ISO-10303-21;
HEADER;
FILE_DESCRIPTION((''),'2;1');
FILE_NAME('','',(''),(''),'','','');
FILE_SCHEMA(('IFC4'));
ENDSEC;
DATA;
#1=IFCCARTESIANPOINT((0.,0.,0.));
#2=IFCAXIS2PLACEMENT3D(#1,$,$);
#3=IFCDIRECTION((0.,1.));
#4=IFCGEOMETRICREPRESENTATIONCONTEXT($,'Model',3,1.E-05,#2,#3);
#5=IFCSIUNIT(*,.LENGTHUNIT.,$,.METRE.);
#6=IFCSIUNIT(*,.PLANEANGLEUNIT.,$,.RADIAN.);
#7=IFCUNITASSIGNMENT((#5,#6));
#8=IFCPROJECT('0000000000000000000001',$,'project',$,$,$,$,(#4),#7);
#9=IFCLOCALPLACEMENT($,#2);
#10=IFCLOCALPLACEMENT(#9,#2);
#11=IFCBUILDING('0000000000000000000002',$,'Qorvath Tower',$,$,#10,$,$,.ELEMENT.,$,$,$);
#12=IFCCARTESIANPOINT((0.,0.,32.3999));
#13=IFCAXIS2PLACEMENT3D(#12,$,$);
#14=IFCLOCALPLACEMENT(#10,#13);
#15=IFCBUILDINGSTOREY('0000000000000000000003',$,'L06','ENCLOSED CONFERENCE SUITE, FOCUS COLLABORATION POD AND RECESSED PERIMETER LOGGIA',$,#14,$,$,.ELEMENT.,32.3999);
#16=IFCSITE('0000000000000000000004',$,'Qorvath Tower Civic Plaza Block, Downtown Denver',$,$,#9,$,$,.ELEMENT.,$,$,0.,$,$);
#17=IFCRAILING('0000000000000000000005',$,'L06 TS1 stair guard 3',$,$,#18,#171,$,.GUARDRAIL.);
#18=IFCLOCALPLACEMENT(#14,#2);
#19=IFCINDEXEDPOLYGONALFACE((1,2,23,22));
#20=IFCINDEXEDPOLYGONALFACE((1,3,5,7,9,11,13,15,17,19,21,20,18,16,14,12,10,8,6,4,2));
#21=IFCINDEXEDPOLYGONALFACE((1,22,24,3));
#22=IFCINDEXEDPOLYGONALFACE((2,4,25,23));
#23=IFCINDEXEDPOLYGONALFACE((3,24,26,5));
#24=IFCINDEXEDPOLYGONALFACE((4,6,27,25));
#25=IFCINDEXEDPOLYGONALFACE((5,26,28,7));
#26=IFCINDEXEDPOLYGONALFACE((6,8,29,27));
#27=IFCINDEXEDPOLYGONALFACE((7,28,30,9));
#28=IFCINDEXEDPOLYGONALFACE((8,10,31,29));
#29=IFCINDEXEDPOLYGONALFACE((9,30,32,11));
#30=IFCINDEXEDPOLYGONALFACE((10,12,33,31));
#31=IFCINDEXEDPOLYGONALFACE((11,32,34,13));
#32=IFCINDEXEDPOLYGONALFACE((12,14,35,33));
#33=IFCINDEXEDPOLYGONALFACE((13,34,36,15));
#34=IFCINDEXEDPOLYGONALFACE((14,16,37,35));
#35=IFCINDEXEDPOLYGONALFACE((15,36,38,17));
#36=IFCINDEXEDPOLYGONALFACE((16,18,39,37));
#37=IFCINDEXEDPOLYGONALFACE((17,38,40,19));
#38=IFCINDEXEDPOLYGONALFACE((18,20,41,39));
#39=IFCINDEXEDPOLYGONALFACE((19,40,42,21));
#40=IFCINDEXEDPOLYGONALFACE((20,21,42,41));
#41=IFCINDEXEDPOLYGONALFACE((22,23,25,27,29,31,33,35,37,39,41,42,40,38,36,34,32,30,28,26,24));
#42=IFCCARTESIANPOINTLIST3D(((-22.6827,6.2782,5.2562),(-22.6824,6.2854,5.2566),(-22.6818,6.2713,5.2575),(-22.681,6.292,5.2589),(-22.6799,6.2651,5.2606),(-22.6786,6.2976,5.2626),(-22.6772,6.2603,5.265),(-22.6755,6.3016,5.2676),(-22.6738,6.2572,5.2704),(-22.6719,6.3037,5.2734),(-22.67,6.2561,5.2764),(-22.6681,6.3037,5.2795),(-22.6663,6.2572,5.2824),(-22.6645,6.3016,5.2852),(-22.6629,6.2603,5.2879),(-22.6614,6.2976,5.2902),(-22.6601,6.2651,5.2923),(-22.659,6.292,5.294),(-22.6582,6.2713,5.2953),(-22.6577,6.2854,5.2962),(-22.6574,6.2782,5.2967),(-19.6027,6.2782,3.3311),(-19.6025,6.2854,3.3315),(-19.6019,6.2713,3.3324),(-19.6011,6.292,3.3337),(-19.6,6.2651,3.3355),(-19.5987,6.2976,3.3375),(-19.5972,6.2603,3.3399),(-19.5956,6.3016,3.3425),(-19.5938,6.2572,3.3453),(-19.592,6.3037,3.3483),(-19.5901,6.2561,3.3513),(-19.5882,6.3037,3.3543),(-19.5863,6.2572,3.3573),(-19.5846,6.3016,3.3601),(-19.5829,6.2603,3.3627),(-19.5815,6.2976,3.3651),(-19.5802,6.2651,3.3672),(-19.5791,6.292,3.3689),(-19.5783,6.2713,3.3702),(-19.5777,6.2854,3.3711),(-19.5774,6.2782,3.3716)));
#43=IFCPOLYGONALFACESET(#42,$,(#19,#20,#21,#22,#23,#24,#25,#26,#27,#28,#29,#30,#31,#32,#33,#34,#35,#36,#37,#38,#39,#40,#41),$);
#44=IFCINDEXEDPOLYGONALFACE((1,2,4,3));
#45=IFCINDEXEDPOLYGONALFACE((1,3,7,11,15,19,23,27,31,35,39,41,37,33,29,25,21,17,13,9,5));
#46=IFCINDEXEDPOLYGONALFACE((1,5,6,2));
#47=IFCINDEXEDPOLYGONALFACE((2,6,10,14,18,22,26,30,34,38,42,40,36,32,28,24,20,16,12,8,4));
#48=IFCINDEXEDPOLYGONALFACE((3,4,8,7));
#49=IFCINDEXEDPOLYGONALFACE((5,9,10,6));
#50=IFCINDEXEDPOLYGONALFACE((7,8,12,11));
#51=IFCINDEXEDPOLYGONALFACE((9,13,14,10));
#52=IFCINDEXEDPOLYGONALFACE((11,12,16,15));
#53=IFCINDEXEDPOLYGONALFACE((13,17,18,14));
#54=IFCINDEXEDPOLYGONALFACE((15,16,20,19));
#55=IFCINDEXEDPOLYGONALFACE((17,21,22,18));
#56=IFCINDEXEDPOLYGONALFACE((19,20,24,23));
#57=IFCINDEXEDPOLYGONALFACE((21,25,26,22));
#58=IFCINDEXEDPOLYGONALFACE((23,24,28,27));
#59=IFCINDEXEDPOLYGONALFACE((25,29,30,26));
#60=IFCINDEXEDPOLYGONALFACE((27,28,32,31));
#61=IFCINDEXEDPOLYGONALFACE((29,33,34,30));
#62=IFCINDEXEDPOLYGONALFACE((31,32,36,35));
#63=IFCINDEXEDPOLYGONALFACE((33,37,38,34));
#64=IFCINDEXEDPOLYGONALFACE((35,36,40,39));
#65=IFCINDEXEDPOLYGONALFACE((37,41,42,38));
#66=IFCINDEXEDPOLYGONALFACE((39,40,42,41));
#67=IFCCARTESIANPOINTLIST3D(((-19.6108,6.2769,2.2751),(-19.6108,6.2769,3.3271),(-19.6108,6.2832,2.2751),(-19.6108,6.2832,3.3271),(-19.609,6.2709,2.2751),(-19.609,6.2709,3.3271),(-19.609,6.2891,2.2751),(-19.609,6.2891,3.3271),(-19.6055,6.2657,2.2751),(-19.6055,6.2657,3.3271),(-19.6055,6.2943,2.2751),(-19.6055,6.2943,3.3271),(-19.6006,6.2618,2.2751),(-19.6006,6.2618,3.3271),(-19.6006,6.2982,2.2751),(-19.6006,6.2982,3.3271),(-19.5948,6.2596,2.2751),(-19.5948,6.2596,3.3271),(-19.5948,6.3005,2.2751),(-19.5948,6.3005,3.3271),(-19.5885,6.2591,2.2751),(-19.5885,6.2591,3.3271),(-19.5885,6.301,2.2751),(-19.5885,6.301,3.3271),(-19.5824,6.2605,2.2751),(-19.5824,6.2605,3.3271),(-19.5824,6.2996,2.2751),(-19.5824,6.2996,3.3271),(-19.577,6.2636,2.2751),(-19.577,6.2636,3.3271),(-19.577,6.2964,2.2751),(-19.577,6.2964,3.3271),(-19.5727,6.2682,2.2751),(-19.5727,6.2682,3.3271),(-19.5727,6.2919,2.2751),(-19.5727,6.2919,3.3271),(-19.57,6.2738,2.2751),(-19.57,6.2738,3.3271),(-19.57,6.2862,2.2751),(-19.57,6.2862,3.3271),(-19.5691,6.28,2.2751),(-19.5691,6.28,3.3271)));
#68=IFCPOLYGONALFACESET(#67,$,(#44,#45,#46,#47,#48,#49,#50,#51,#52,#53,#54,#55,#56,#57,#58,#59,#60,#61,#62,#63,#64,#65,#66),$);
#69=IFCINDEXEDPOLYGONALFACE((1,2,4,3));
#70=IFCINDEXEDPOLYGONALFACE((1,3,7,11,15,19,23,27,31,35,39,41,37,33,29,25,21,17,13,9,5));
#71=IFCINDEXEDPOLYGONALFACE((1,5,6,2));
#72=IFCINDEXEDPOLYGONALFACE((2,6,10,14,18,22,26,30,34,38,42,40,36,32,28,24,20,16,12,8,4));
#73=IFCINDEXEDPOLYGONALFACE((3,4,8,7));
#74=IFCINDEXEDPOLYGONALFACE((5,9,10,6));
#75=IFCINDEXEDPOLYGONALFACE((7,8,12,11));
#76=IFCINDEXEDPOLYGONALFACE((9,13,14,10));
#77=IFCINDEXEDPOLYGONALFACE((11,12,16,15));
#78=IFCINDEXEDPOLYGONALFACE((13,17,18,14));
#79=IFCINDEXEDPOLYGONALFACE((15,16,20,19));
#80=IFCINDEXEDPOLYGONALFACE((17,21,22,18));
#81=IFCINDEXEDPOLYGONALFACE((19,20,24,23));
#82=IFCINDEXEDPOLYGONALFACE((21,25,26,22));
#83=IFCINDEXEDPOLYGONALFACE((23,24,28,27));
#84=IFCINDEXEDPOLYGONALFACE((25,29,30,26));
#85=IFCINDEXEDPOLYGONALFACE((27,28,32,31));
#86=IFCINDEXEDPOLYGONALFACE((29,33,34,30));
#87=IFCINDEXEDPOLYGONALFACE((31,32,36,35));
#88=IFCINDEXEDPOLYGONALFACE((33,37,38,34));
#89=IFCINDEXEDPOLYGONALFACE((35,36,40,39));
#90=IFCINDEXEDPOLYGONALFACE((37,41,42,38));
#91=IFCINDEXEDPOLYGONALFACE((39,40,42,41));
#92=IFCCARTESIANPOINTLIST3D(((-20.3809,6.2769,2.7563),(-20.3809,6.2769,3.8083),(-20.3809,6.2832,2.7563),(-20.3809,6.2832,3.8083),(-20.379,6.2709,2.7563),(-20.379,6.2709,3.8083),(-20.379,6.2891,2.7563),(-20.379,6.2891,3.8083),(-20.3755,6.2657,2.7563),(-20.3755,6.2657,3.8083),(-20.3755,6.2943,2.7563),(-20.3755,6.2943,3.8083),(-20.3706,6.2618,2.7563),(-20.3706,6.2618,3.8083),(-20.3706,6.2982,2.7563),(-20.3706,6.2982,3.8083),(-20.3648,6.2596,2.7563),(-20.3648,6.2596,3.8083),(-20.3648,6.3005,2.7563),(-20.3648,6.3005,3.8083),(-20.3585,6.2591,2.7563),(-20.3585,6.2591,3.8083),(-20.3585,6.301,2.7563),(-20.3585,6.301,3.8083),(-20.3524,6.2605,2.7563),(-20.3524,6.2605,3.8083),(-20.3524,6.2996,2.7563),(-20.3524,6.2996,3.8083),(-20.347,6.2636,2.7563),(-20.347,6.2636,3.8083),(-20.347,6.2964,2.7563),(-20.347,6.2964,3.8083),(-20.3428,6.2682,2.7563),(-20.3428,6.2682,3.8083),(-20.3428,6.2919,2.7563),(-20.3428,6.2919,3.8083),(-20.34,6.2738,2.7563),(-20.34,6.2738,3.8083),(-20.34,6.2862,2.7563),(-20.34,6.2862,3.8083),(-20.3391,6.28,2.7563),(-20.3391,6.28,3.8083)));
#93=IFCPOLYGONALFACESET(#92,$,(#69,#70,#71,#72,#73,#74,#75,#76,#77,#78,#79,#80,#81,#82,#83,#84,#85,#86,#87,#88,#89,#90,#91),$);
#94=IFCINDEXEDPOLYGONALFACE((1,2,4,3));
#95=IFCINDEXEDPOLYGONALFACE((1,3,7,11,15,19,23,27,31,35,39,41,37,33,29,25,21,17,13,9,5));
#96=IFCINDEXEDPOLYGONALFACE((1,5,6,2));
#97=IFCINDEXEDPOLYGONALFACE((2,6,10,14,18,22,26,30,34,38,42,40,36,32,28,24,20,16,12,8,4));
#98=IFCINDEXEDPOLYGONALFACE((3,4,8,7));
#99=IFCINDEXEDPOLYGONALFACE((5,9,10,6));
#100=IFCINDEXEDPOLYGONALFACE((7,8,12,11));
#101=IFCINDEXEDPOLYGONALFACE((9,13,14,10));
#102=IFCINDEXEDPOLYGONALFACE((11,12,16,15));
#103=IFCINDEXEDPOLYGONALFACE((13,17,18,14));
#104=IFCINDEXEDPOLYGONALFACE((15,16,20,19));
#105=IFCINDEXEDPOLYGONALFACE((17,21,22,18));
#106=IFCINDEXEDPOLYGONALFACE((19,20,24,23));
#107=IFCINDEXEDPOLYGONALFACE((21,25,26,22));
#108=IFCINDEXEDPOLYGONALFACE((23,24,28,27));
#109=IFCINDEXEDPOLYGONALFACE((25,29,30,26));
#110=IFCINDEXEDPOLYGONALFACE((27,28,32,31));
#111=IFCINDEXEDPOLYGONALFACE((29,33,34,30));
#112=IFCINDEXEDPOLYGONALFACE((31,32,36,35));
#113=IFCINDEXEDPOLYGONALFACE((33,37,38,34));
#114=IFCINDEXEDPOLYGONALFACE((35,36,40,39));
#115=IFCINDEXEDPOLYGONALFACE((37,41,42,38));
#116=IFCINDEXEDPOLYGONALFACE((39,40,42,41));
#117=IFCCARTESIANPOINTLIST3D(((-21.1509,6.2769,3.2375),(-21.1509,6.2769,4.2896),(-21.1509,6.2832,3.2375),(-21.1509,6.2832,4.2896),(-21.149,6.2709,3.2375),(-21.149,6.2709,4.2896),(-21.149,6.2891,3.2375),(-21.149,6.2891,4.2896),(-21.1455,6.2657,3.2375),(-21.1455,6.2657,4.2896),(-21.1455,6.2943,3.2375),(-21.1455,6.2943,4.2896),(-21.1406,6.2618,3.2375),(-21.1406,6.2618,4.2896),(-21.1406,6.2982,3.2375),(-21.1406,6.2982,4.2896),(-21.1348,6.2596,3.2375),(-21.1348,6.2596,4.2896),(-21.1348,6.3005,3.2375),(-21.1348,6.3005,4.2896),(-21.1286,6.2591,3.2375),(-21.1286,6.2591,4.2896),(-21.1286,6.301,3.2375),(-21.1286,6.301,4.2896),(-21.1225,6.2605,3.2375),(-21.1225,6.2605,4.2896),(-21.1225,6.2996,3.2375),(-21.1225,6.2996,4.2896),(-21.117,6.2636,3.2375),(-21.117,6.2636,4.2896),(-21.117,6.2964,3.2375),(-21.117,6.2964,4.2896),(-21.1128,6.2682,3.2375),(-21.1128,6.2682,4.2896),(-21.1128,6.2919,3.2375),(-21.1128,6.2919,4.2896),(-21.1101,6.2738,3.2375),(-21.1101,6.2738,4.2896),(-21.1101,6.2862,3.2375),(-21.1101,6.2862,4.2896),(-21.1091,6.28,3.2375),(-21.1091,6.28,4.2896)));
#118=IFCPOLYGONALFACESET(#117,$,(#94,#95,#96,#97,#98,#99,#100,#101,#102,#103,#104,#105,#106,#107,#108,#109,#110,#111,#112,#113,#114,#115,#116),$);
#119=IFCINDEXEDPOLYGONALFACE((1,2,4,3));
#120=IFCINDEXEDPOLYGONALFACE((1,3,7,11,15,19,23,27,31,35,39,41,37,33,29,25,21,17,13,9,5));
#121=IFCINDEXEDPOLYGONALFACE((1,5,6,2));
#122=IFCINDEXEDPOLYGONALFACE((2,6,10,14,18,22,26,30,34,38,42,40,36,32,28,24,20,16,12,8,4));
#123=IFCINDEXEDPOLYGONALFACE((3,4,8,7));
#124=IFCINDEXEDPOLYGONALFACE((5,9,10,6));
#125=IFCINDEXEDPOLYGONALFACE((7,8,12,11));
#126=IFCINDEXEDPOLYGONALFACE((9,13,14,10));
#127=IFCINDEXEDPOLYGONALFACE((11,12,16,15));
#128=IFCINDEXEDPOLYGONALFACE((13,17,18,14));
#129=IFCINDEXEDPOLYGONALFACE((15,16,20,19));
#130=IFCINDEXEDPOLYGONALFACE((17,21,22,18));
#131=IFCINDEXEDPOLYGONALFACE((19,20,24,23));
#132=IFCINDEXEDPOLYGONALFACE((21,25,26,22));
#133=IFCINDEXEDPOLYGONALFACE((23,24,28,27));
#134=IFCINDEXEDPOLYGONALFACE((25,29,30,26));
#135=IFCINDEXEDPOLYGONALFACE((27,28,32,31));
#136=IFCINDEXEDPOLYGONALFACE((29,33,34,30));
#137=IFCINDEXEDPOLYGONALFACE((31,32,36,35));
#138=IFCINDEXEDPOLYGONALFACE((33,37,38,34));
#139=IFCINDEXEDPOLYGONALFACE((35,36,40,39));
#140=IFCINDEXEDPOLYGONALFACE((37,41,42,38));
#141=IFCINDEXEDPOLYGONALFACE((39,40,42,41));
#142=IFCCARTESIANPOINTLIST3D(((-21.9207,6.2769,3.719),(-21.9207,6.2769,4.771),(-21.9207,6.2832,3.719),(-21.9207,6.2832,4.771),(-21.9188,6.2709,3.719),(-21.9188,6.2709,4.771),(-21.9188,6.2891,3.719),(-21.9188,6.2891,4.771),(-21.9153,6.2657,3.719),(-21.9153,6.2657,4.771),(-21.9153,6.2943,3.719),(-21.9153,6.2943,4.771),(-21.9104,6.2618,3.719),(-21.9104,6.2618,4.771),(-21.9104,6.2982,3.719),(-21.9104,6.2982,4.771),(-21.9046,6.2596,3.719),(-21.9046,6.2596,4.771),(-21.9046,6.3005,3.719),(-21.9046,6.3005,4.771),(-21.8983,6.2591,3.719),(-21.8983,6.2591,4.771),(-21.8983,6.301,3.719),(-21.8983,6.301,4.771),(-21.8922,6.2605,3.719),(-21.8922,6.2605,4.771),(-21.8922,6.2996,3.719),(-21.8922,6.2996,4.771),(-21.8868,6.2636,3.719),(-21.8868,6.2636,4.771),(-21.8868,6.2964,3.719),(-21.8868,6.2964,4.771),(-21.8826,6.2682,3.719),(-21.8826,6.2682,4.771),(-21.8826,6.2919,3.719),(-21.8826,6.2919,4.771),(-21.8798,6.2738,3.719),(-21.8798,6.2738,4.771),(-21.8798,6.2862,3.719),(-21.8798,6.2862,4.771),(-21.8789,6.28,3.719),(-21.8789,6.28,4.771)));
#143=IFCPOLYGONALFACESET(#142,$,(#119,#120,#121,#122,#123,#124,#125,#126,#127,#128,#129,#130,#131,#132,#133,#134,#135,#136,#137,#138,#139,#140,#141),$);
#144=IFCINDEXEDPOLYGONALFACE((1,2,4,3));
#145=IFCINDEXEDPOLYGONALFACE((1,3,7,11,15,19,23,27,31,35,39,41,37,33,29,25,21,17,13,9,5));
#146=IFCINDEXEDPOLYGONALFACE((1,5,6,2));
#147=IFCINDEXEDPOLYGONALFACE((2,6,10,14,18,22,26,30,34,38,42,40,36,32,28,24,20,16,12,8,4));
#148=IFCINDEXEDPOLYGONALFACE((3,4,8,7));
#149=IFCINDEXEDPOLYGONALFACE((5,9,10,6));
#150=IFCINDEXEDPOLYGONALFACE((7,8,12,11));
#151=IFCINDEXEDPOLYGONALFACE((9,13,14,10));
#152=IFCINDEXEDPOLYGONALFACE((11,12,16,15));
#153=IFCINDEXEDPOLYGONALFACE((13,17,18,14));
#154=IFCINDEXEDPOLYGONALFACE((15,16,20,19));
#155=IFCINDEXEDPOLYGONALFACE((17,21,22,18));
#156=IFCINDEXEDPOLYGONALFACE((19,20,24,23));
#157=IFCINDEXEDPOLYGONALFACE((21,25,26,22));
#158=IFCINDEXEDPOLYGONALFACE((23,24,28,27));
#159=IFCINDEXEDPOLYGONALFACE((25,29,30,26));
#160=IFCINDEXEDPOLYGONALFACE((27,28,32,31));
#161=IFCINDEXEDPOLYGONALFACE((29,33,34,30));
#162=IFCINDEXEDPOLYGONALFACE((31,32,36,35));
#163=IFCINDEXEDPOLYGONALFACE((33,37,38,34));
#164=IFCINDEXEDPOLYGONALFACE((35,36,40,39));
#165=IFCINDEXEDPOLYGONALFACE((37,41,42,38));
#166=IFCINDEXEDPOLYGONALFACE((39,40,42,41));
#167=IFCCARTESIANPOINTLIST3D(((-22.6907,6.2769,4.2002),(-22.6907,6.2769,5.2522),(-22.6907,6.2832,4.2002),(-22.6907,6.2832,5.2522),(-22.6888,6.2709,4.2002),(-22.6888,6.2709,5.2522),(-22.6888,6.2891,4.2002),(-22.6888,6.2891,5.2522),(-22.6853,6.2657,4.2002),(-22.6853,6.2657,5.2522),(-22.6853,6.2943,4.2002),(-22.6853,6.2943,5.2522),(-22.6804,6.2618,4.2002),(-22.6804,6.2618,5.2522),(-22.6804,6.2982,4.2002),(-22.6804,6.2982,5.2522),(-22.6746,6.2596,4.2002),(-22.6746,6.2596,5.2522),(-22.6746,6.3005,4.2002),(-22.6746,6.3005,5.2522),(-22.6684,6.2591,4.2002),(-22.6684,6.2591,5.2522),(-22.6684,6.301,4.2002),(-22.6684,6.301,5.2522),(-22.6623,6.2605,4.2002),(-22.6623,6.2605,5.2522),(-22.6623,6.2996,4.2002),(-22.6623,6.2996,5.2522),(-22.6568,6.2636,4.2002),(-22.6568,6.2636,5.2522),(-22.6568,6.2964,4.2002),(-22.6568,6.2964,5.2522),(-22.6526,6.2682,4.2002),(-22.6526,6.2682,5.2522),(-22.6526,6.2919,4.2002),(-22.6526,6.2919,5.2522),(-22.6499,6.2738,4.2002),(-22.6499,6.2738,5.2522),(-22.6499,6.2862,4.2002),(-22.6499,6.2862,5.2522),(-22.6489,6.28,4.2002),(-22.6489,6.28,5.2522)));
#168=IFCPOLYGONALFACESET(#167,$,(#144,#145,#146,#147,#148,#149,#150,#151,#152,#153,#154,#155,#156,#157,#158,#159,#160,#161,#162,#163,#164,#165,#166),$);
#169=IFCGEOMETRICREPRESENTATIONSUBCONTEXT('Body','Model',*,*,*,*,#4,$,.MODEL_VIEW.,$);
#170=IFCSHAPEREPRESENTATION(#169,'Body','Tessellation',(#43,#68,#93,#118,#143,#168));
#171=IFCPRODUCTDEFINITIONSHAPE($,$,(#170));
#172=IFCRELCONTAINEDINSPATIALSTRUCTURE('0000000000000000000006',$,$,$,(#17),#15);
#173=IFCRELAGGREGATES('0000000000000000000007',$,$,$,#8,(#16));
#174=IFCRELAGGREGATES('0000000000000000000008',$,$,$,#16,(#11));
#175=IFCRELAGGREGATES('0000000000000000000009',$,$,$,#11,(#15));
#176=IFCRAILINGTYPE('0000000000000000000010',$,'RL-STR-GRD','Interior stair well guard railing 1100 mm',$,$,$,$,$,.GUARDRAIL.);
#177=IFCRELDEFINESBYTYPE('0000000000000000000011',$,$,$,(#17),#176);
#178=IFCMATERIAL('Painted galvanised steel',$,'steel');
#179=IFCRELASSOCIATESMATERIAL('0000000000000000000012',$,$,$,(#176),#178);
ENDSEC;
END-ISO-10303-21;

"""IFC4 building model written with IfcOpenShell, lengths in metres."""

from ifc_helpers import new_model, si_unit, direction, frame, origin, origin_2d, place, context, subcontext, project, spatial, circle, extrude, material, type_object, element, save


model = new_model("IFC4")

# Units and contexts
model_context = context("Model", 3, precision=1e-05, world=origin(), true_north=direction((0.0, 1.0)))
body_context = subcontext(model_context, "Body", "Model", "MODEL_VIEW")
ifc_project = project(units=[si_unit("LENGTHUNIT", "METRE"), si_unit("PLANEANGLEUNIT", "RADIAN")], contexts=[model_context])

# Site, building, storey
site_placement = place(None, origin())
site = spatial("IfcSite", under=ifc_project, at=site_placement, Name="Qorvath Tower Civic Plaza Block, Downtown Denver", CompositionType="ELEMENT", RefElevation=0.0)
building_placement = place(site_placement, origin())
building = spatial("IfcBuilding", under=site, at=building_placement, Name="Qorvath Tower", CompositionType="ELEMENT")
storey_placement = place(building_placement, frame((0.0, 0.0, 32.3999)))
storey = spatial("IfcBuildingStorey", under=building, at=storey_placement, Name="L06", Description="ENCLOSED CONFERENCE SUITE, FOCUS COLLABORATION POD AND RECESSED PERIMETER LOGGIA", CompositionType="ELEMENT", Elevation=32.3999)

# Railing
ifc_material_1 = material(Name="Painted galvanised steel", Category="steel")
railing_type_1 = type_object("IfcRailingType", Name="RL-STR-GRD", Description="Interior stair well guard railing 1100 mm", PredefinedType="GUARDRAIL", material=ifc_material_1)
railing_1_placement = place(storey_placement, frame((-19.5901, 6.28, 2.2751)))
element("IfcRailing", 1, at=railing_1_placement, inside=storey, type_object=railing_type_1, Name="L06 TS1 stair guard 3", PredefinedType="GUARDRAIL", context=body_context, shape_type="SweptSolid", body=[
    extrude(circle(Radius=0.0239, at=origin_2d()), frame((0.0, 0.0, 1.0762), z_axis=(-0.847979, 0.0, 0.530029), x_axis=(0.0, -1.0, 0.0)), (0.0, 0.0, 1.0), 3.6321),
    extrude(circle(Radius=0.021, at=origin_2d()), origin(), (0.0, 0.0, 1.0), 1.052),
    extrude(circle(Radius=0.021, at=origin_2d()), frame((-0.77, 0.0, 0.4812)), (0.0, 0.0, 1.0), 1.052),
    extrude(circle(Radius=0.021, at=origin_2d()), frame((-1.54, 0.0, 0.9624)), (0.0, 0.0, 1.0), 1.052),
    extrude(circle(Radius=0.021, at=origin_2d()), frame((-2.3098, 0.0, 1.4438)), (0.0, 0.0, 1.0), 1.052),
    extrude(circle(Radius=0.021, at=origin_2d()), frame((-3.0798, 0.0, 1.925)), (0.0, 0.0, 1.0), 1.052),
])

save(model, "model.ifc")
